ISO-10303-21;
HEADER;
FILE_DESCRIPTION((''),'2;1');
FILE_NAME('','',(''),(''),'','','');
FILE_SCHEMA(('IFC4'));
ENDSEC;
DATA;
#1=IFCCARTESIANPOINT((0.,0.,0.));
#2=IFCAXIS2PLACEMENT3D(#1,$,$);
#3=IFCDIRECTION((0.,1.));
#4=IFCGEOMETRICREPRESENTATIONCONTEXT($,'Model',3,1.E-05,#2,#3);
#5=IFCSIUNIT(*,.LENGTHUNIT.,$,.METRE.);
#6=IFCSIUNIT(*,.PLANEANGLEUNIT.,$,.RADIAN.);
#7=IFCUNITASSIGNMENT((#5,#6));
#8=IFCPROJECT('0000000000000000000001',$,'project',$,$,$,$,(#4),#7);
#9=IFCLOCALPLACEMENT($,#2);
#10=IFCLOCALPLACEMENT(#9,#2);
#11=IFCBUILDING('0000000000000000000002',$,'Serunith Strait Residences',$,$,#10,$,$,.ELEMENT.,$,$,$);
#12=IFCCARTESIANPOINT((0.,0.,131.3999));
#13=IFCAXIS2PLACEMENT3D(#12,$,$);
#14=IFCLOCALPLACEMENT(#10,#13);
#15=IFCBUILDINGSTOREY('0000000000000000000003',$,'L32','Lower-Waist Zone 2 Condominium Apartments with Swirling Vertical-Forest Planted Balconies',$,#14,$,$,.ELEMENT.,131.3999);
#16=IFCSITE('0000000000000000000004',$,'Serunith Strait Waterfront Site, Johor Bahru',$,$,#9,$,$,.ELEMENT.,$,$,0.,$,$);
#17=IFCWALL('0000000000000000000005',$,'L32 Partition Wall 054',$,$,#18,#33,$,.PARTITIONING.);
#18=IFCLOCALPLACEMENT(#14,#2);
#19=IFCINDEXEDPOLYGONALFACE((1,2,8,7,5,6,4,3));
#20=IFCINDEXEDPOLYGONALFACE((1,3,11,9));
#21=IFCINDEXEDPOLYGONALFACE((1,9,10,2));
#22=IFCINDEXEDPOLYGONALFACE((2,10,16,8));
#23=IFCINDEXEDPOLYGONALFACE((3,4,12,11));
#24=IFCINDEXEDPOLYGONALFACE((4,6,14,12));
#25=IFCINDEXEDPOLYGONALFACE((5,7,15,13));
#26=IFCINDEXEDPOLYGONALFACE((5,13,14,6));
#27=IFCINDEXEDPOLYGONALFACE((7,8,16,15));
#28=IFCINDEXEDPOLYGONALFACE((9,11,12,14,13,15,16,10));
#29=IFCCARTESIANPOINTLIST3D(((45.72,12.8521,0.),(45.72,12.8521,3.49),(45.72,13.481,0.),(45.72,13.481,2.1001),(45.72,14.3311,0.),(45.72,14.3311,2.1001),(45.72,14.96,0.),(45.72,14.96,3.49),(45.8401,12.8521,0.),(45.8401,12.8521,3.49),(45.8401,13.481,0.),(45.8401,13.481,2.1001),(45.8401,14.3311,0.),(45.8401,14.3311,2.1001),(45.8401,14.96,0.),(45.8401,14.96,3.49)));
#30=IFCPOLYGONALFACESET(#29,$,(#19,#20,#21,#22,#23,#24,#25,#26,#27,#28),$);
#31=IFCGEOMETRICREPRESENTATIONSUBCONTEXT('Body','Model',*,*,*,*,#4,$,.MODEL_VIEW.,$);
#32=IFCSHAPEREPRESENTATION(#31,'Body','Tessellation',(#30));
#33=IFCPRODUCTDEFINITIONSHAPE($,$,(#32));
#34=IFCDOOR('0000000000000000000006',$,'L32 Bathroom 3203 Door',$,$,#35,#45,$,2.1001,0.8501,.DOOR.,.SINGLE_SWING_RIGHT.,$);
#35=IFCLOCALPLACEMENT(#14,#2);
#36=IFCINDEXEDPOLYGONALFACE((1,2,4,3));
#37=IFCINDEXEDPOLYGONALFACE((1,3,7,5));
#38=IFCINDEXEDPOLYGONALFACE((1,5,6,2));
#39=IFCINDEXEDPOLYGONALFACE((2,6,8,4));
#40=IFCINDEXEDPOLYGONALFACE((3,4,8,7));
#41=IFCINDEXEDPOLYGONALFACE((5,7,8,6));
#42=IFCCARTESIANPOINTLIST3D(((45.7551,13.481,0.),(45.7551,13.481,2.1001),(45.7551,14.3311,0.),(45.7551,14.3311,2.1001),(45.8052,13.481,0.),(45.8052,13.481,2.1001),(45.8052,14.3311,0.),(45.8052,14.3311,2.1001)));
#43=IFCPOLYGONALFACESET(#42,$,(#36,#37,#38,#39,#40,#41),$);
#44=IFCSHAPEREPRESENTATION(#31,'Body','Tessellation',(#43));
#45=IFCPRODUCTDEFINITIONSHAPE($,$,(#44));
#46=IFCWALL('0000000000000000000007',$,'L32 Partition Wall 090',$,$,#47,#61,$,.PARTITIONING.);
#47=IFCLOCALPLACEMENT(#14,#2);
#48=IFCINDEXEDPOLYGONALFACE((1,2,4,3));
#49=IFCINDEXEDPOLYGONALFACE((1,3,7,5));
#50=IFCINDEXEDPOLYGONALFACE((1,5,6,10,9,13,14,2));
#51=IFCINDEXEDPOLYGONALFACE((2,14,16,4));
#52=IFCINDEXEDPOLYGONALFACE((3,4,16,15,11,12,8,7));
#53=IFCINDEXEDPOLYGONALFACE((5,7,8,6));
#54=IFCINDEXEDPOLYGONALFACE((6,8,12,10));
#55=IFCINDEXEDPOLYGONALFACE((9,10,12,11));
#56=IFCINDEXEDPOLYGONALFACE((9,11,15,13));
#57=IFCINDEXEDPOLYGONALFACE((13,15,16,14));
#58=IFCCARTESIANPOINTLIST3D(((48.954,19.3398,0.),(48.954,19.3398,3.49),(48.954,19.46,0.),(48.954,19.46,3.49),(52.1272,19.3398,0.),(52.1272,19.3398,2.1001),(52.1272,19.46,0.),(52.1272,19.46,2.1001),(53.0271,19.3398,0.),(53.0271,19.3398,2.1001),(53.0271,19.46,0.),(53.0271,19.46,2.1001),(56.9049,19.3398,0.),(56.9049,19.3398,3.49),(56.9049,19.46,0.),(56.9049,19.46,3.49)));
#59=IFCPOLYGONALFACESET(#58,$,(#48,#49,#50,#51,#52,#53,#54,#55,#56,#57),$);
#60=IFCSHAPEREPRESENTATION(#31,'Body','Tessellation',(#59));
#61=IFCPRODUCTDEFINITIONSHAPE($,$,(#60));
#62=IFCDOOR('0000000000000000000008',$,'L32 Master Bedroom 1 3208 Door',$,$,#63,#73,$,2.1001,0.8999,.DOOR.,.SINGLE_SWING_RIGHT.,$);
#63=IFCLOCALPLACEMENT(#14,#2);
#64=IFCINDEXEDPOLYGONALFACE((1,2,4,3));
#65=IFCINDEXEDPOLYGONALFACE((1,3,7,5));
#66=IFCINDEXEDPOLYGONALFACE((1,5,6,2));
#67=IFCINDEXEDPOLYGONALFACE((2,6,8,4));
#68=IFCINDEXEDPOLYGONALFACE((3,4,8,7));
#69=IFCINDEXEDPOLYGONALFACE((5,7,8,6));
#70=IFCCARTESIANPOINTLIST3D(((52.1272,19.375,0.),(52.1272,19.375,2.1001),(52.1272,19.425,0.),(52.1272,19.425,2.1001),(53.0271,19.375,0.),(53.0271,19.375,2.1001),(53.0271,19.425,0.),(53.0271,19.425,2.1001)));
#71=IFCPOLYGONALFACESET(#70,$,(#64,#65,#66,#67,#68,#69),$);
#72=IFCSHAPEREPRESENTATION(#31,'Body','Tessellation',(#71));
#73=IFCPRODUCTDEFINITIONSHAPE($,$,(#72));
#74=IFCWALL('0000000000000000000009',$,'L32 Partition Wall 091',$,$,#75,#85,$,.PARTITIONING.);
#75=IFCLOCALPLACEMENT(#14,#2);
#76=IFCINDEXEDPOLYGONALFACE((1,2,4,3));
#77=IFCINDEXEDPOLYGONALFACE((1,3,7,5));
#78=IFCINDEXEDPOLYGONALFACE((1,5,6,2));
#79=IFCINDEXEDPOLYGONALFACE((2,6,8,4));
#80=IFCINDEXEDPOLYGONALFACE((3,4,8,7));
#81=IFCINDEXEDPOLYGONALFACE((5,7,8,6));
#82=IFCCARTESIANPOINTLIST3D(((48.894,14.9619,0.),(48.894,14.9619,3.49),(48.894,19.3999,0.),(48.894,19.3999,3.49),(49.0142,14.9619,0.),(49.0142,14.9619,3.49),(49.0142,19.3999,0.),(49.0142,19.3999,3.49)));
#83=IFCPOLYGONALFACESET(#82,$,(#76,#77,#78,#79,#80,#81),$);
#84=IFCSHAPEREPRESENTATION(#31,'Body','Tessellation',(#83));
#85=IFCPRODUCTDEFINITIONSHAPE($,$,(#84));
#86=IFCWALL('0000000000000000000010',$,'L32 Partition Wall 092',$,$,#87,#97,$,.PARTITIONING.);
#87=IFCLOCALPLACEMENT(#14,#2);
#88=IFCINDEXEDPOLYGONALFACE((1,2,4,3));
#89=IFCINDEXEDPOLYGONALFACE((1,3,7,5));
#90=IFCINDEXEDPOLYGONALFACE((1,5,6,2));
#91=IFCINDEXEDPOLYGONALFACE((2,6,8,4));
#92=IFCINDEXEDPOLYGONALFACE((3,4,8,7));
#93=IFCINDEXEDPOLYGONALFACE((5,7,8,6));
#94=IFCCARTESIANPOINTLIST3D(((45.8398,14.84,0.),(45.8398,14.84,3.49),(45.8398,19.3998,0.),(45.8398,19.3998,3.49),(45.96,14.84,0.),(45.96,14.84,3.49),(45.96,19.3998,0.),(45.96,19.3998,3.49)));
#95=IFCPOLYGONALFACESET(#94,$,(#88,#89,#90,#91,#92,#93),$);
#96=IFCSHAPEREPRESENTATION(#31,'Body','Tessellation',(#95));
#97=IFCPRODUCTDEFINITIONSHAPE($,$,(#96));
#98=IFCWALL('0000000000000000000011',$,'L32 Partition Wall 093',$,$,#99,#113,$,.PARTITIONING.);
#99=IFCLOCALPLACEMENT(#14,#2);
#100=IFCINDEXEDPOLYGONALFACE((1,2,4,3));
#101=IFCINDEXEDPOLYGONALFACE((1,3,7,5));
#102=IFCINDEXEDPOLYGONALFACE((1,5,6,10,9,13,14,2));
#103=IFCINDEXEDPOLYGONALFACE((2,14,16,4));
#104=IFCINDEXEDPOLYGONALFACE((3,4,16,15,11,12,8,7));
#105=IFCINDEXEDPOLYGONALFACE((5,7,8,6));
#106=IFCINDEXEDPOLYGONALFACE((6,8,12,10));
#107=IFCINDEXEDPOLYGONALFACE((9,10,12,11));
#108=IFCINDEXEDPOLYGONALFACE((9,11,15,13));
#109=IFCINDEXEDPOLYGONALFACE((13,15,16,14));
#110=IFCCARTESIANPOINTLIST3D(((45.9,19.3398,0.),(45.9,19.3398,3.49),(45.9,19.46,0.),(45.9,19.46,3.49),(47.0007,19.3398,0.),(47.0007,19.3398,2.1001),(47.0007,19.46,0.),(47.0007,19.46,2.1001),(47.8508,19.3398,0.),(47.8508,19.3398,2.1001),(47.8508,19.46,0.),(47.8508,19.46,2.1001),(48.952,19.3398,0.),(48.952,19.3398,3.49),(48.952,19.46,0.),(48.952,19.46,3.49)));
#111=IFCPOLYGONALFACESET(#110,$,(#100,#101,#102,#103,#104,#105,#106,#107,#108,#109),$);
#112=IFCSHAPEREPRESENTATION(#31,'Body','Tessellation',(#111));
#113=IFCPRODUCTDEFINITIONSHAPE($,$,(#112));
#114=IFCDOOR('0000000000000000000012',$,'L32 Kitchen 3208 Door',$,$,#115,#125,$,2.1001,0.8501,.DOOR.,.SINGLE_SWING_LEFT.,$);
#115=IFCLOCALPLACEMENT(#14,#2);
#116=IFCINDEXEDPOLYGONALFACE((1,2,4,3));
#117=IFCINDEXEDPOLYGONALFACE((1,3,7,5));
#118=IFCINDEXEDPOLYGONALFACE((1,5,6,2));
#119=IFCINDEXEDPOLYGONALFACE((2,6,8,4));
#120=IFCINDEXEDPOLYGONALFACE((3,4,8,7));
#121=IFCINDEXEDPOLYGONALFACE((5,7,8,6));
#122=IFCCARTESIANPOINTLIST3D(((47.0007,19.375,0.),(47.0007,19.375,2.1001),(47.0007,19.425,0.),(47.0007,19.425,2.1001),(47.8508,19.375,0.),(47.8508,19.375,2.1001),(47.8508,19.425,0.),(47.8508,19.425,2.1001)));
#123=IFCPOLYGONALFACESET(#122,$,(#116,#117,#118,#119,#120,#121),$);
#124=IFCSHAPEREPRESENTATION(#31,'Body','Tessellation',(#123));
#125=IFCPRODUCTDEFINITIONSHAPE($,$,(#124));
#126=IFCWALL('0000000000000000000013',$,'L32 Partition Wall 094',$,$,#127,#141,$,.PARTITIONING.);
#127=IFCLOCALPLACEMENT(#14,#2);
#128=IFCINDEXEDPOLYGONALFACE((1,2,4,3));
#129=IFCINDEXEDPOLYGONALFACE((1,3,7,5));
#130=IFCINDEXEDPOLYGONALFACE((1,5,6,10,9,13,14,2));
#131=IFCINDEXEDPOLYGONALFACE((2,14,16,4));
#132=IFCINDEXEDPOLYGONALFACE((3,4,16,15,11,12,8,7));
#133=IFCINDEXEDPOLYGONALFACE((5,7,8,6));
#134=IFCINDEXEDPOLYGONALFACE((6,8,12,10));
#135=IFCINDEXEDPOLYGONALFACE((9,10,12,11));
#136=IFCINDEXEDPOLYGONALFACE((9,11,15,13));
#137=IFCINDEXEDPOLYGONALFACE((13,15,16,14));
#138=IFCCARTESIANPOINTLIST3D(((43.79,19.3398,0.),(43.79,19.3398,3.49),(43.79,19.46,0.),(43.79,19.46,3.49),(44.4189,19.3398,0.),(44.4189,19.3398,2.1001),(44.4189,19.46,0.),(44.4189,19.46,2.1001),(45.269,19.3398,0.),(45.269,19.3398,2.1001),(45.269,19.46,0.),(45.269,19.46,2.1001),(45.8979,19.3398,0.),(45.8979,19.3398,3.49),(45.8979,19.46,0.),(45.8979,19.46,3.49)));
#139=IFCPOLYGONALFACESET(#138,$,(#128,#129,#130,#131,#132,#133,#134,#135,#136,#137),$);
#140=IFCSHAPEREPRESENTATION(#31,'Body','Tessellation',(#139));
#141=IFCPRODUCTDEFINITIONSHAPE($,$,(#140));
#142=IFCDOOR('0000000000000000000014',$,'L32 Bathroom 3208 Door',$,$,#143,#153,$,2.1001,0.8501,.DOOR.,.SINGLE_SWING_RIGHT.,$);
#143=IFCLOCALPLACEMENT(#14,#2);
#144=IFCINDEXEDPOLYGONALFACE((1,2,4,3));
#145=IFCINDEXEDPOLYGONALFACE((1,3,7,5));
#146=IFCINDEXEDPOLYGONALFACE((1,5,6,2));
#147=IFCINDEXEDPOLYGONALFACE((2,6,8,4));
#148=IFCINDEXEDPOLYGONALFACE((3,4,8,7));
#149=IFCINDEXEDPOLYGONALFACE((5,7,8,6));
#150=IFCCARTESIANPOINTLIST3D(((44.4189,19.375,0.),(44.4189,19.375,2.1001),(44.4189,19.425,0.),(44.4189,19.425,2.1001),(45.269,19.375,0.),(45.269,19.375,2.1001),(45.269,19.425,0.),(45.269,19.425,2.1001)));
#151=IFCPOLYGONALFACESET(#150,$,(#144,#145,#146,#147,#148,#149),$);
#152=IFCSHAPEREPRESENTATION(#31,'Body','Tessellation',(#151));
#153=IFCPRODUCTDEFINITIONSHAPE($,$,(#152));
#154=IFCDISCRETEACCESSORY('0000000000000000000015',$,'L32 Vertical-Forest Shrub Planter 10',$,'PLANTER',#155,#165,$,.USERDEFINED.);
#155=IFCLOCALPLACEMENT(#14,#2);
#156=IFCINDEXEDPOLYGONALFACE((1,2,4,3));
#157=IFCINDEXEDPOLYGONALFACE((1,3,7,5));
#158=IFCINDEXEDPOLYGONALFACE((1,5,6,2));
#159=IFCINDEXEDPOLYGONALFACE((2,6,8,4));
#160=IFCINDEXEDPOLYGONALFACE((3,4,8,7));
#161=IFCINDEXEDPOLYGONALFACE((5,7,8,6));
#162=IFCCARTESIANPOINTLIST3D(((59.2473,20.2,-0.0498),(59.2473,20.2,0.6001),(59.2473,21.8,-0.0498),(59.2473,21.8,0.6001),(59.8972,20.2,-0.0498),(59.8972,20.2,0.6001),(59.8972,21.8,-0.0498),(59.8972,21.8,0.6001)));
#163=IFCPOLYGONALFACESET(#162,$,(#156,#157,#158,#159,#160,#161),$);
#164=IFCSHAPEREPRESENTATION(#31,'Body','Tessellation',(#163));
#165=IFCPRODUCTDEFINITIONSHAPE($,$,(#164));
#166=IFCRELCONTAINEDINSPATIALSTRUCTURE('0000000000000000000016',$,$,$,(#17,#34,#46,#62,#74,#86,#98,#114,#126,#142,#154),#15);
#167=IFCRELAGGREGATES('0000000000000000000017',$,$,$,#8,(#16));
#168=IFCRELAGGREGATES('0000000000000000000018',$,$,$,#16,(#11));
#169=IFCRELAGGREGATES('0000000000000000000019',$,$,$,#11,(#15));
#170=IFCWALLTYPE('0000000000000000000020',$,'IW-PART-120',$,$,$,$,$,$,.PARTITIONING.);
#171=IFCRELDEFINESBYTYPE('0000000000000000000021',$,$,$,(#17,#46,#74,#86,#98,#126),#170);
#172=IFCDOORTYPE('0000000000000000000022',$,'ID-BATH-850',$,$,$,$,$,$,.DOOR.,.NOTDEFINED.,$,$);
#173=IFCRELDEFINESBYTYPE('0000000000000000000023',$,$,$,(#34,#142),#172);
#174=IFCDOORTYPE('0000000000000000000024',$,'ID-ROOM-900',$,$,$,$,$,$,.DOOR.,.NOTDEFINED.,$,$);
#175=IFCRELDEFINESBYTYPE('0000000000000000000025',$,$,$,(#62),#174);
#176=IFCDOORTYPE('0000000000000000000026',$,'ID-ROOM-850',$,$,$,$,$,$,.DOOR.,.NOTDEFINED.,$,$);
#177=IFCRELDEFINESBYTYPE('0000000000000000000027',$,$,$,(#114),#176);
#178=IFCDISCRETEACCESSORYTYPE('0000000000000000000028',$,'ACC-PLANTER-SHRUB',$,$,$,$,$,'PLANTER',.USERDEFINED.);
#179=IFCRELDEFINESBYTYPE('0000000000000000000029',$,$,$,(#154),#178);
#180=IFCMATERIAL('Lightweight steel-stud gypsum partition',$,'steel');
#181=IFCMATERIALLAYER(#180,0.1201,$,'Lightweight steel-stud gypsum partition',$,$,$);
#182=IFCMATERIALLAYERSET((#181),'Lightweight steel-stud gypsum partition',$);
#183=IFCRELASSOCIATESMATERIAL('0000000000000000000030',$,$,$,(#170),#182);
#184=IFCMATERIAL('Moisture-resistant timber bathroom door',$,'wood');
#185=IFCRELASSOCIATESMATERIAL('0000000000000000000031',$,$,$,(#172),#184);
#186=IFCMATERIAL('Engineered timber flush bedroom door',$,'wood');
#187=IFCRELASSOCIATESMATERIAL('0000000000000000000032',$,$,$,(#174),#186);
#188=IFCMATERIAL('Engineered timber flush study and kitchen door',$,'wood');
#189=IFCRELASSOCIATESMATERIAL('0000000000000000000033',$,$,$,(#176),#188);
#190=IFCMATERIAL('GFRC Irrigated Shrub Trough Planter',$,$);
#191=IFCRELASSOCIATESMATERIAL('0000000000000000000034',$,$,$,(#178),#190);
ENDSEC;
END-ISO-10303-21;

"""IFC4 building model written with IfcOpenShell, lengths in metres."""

from ifc_helpers import new_model, si_unit, direction, frame, frame_2d, origin, origin_2d, place, context, subcontext, project, spatial, rectangle, extrude, source, transform, mapped, material, layer, layer_set, type_object, element, fill, save


model = new_model("IFC4")

# Units and contexts
model_context = context("Model", 3, precision=1e-05, world=origin(), true_north=direction((0.0, 1.0)))
body_context = subcontext(model_context, "Body", "Model", "MODEL_VIEW")
ifc_project = project(units=[si_unit("LENGTHUNIT", "METRE"), si_unit("PLANEANGLEUNIT", "RADIAN")], contexts=[model_context])

# Site, building, storey
site_placement = place(None, origin())
site = spatial("IfcSite", under=ifc_project, at=site_placement, Name="Serunith Strait Waterfront Site, Johor Bahru", CompositionType="ELEMENT", RefElevation=0.0)
building_placement = place(site_placement, origin())
building = spatial("IfcBuilding", under=site, at=building_placement, Name="Serunith Strait Residences", CompositionType="ELEMENT")
storey_placement = place(building_placement, frame((0.0, 0.0, 131.3999)))
storey = spatial("IfcBuildingStorey", under=building, at=storey_placement, Name="L32", Description="Lower-Waist Zone 2 Condominium Apartments with Swirling Vertical-Forest Planted Balconies", CompositionType="ELEMENT", Elevation=131.3999)

# Shared definitions
ifc_material_1 = material(Name="Lightweight steel-stud gypsum partition", Category="steel")
ifc_layer_1 = layer(ifc_material_1, 0.1201, Name="Lightweight steel-stud gypsum partition")
ifc_layer_set_1 = layer_set([ifc_layer_1], Name="Lightweight steel-stud gypsum partition")
wall_type = type_object("IfcWallType", Name="IW-PART-120", PredefinedType="PARTITIONING", material=ifc_layer_set_1)

# Walls, openings, doors
wall_1_placement = place(storey_placement, frame((45.78, 12.8521, 0.0), z_axis=(0.0, 0.0, 1.0), x_axis=(0.0, 1.0, 0.0)))
wall_1 = element("IfcWall", 1, at=wall_1_placement, inside=storey, type_object=wall_type, Name="L32 Partition Wall 054", PredefinedType="PARTITIONING", context=body_context, shape_type="SweptSolid", body=[
    extrude(rectangle(XDim=2.1079, YDim=0.1201, at=frame_2d((1.054, 0.0))), origin(), (0.0, 0.0, 1.0), 3.49),
])
opening_1_placement = place(wall_1_placement, frame((0.6289, 0.0, 0.0)))
opening_1 = element("IfcOpeningElement", 2, at=opening_1_placement, cuts=wall_1, PredefinedType="OPENING", context=body_context, shape_type="SweptSolid", body=[
    extrude(rectangle(XDim=0.8501, YDim=2.1001, at=frame_2d((0.425, 1.05))), frame((0.0, 0.0701, 0.0), z_axis=(0.0, -1.0, 0.0), x_axis=(1.0, 0.0, 0.0)), (0.0, 0.0, 1.0), 0.1401),
])
ifc_material_2 = material(Name="Moisture-resistant timber bathroom door", Category="wood")
door_type_1 = type_object("IfcDoorType", Name="ID-BATH-850", OperationType="NOTDEFINED", PredefinedType="DOOR", material=ifc_material_2)
shared_shape_1 = source(origin(), body_context, "Body", "SweptSolid", [
    extrude(rectangle(XDim=0.8501, YDim=2.1001, at=frame_2d((0.425, 1.05))), frame((0.0, 0.0249, 0.0), z_axis=(0.0, -1.0, 0.0), x_axis=(1.0, 0.0, 0.0)), (0.0, 0.0, 1.0), 0.05),
])
door_1_placement = place(opening_1_placement, origin())
door_1 = element("IfcDoor", 3, at=door_1_placement, inside=storey, type_object=door_type_1, Name="L32 Bathroom 3203 Door", OperationType="SINGLE_SWING_RIGHT", OverallHeight=2.1001, OverallWidth=0.8501, PredefinedType="DOOR", context=body_context, shape_type="MappedRepresentation", body=[
    mapped(shared_shape_1, transform((0.0, 0.0, 0.0), scale=1.0)),
])
fill(opening_1, door_1)
wall_2_placement = place(storey_placement, frame((56.905, 19.3999, 0.0), z_axis=(0.0, 0.0, 1.0), x_axis=(-1.0, 0.0, 0.0)))
wall_2 = element("IfcWall", 4, at=wall_2_placement, inside=storey, type_object=wall_type, Name="L32 Partition Wall 090", PredefinedType="PARTITIONING", context=body_context, shape_type="SweptSolid", body=[
    extrude(rectangle(XDim=7.9509, YDim=0.1201, at=frame_2d((3.9756, 0.0))), origin(), (0.0, 0.0, 1.0), 3.49),
])
opening_2_placement = place(wall_2_placement, frame((3.8779, 0.0, 0.0)))
opening_2 = element("IfcOpeningElement", 5, at=opening_2_placement, cuts=wall_2, PredefinedType="OPENING", context=body_context, shape_type="SweptSolid", body=[
    extrude(rectangle(XDim=0.8999, YDim=2.1001, at=frame_2d((0.45, 1.05))), frame((0.0, 0.0701, 0.0), z_axis=(0.0, -1.0, 0.0), x_axis=(1.0, 0.0, 0.0)), (0.0, 0.0, 1.0), 0.1401),
])
ifc_material_3 = material(Name="Engineered timber flush bedroom door", Category="wood")
door_type_2 = type_object("IfcDoorType", Name="ID-ROOM-900", OperationType="NOTDEFINED", PredefinedType="DOOR", material=ifc_material_3)
shared_shape_2 = source(origin(), body_context, "Body", "SweptSolid", [
    extrude(rectangle(XDim=0.8999, YDim=2.1001, at=frame_2d((0.45, 1.05))), frame((0.0, 0.0249, 0.0), z_axis=(0.0, -1.0, 0.0), x_axis=(1.0, 0.0, 0.0)), (0.0, 0.0, 1.0), 0.05),
])
door_2_placement = place(opening_2_placement, origin())
door_2 = element("IfcDoor", 6, at=door_2_placement, inside=storey, type_object=door_type_2, Name="L32 Master Bedroom 1 3208 Door", OperationType="SINGLE_SWING_RIGHT", OverallHeight=2.1001, OverallWidth=0.8999, PredefinedType="DOOR", context=body_context, shape_type="MappedRepresentation", body=[
    mapped(shared_shape_2, transform((0.0, 0.0, 0.0), scale=1.0)),
])
fill(opening_2, door_2)

# Walls
wall_3_placement = place(storey_placement, frame((48.9541, 14.9619, 0.0), z_axis=(0.0, 0.0, 1.0), x_axis=(0.0, 1.0, 0.0)))
element("IfcWall", 7, at=wall_3_placement, inside=storey, type_object=wall_type, Name="L32 Partition Wall 091", PredefinedType="PARTITIONING", context=body_context, shape_type="SweptSolid", body=[
    extrude(rectangle(XDim=4.438, YDim=0.1201, at=frame_2d((2.219, 0.0))), origin(), (0.0, 0.0, 1.0), 3.49),
])
wall_4_placement = place(storey_placement, frame((45.8999, 14.8401, 0.0), z_axis=(0.0, 0.0, 1.0), x_axis=(0.0, 1.0, 0.0)))
element("IfcWall", 8, at=wall_4_placement, inside=storey, type_object=wall_type, Name="L32 Partition Wall 092", PredefinedType="PARTITIONING", context=body_context, shape_type="SweptSolid", body=[
    extrude(rectangle(XDim=4.5598, YDim=0.1201, at=frame_2d((2.2798, 0.0))), origin(), (0.0, 0.0, 1.0), 3.49),
])

# Walls, openings, doors
wall_5_placement = place(storey_placement, frame((48.9519, 19.3999, 0.0), z_axis=(0.0, 0.0, 1.0), x_axis=(-1.0, 0.0, 0.0)))
wall_5 = element("IfcWall", 9, at=wall_5_placement, inside=storey, type_object=wall_type, Name="L32 Partition Wall 093", PredefinedType="PARTITIONING", context=body_context, shape_type="SweptSolid", body=[
    extrude(rectangle(XDim=3.052, YDim=0.1201, at=frame_2d((1.5259, 0.0))), origin(), (0.0, 0.0, 1.0), 3.49),
])
opening_3_placement = place(wall_5_placement, frame((1.1011, 0.0, 0.0)))
opening_3 = element("IfcOpeningElement", 10, at=opening_3_placement, cuts=wall_5, PredefinedType="OPENING", context=body_context, shape_type="SweptSolid", body=[
    extrude(rectangle(XDim=0.8501, YDim=2.1001, at=frame_2d((0.425, 1.05))), frame((0.0, 0.0701, 0.0), z_axis=(0.0, -1.0, 0.0), x_axis=(1.0, 0.0, 0.0)), (0.0, 0.0, 1.0), 0.1401),
])
ifc_material_4 = material(Name="Engineered timber flush study and kitchen door", Category="wood")
door_type_3 = type_object("IfcDoorType", Name="ID-ROOM-850", OperationType="NOTDEFINED", PredefinedType="DOOR", material=ifc_material_4)
door_3_placement = place(opening_3_placement, origin())
door_3 = element("IfcDoor", 11, at=door_3_placement, inside=storey, type_object=door_type_3, Name="L32 Kitchen 3208 Door", OperationType="SINGLE_SWING_LEFT", OverallHeight=2.1001, OverallWidth=0.8501, PredefinedType="DOOR", context=body_context, shape_type="MappedRepresentation", body=[
    mapped(shared_shape_1, transform((0.0, 0.0, 0.0), scale=1.0)),
])
fill(opening_3, door_3)
wall_6_placement = place(storey_placement, frame((45.8979, 19.3999, 0.0), z_axis=(0.0, 0.0, 1.0), x_axis=(-1.0, 0.0, 0.0)))
wall_6 = element("IfcWall", 12, at=wall_6_placement, inside=storey, type_object=wall_type, Name="L32 Partition Wall 094", PredefinedType="PARTITIONING", context=body_context, shape_type="SweptSolid", body=[
    extrude(rectangle(XDim=2.1079, YDim=0.1201, at=frame_2d((1.054, 0.0))), origin(), (0.0, 0.0, 1.0), 3.49),
])
opening_4_placement = place(wall_6_placement, frame((0.6289, 0.0, 0.0)))
opening_4 = element("IfcOpeningElement", 13, at=opening_4_placement, cuts=wall_6, PredefinedType="OPENING", context=body_context, shape_type="SweptSolid", body=[
    extrude(rectangle(XDim=0.8501, YDim=2.1001, at=frame_2d((0.425, 1.05))), frame((0.0, 0.0701, 0.0), z_axis=(0.0, -1.0, 0.0), x_axis=(1.0, 0.0, 0.0)), (0.0, 0.0, 1.0), 0.1401),
])
door_4_placement = place(opening_4_placement, origin())
door_4 = element("IfcDoor", 14, at=door_4_placement, inside=storey, type_object=door_type_1, Name="L32 Bathroom 3208 Door", OperationType="SINGLE_SWING_RIGHT", OverallHeight=2.1001, OverallWidth=0.8501, PredefinedType="DOOR", context=body_context, shape_type="MappedRepresentation", body=[
    mapped(shared_shape_1, transform((0.0, 0.0, 0.0), scale=1.0)),
])
fill(opening_4, door_4)

# Discrete accessory
ifc_material_5 = material(Name="GFRC Irrigated Shrub Trough Planter")
discrete_accessory_type = type_object("IfcDiscreteAccessoryType", Name="ACC-PLANTER-SHRUB", ElementType="PLANTER", PredefinedType="USERDEFINED", material=ifc_material_5)
shared_shape_3 = source(origin(), body_context, "Body", "SweptSolid", [
    extrude(rectangle(XDim=1.6001, YDim=0.6499, at=origin_2d()), origin(), (0.0, 0.0, 1.0), 0.6499),
])
discrete_accessory_placement = place(storey_placement, frame((59.5723, 21.0, -0.0498), z_axis=(0.0, 0.0, 1.0), x_axis=(0.0, 1.0, 0.0)))
element("IfcDiscreteAccessory", 15, at=discrete_accessory_placement, inside=storey, type_object=discrete_accessory_type, Name="L32 Vertical-Forest Shrub Planter 10", ObjectType="PLANTER", PredefinedType="USERDEFINED", context=body_context, shape_type="MappedRepresentation", body=[
    mapped(shared_shape_3, transform((0.0, 0.0, 0.0), scale=1.0)),
])

save(model, "model.ifc")
